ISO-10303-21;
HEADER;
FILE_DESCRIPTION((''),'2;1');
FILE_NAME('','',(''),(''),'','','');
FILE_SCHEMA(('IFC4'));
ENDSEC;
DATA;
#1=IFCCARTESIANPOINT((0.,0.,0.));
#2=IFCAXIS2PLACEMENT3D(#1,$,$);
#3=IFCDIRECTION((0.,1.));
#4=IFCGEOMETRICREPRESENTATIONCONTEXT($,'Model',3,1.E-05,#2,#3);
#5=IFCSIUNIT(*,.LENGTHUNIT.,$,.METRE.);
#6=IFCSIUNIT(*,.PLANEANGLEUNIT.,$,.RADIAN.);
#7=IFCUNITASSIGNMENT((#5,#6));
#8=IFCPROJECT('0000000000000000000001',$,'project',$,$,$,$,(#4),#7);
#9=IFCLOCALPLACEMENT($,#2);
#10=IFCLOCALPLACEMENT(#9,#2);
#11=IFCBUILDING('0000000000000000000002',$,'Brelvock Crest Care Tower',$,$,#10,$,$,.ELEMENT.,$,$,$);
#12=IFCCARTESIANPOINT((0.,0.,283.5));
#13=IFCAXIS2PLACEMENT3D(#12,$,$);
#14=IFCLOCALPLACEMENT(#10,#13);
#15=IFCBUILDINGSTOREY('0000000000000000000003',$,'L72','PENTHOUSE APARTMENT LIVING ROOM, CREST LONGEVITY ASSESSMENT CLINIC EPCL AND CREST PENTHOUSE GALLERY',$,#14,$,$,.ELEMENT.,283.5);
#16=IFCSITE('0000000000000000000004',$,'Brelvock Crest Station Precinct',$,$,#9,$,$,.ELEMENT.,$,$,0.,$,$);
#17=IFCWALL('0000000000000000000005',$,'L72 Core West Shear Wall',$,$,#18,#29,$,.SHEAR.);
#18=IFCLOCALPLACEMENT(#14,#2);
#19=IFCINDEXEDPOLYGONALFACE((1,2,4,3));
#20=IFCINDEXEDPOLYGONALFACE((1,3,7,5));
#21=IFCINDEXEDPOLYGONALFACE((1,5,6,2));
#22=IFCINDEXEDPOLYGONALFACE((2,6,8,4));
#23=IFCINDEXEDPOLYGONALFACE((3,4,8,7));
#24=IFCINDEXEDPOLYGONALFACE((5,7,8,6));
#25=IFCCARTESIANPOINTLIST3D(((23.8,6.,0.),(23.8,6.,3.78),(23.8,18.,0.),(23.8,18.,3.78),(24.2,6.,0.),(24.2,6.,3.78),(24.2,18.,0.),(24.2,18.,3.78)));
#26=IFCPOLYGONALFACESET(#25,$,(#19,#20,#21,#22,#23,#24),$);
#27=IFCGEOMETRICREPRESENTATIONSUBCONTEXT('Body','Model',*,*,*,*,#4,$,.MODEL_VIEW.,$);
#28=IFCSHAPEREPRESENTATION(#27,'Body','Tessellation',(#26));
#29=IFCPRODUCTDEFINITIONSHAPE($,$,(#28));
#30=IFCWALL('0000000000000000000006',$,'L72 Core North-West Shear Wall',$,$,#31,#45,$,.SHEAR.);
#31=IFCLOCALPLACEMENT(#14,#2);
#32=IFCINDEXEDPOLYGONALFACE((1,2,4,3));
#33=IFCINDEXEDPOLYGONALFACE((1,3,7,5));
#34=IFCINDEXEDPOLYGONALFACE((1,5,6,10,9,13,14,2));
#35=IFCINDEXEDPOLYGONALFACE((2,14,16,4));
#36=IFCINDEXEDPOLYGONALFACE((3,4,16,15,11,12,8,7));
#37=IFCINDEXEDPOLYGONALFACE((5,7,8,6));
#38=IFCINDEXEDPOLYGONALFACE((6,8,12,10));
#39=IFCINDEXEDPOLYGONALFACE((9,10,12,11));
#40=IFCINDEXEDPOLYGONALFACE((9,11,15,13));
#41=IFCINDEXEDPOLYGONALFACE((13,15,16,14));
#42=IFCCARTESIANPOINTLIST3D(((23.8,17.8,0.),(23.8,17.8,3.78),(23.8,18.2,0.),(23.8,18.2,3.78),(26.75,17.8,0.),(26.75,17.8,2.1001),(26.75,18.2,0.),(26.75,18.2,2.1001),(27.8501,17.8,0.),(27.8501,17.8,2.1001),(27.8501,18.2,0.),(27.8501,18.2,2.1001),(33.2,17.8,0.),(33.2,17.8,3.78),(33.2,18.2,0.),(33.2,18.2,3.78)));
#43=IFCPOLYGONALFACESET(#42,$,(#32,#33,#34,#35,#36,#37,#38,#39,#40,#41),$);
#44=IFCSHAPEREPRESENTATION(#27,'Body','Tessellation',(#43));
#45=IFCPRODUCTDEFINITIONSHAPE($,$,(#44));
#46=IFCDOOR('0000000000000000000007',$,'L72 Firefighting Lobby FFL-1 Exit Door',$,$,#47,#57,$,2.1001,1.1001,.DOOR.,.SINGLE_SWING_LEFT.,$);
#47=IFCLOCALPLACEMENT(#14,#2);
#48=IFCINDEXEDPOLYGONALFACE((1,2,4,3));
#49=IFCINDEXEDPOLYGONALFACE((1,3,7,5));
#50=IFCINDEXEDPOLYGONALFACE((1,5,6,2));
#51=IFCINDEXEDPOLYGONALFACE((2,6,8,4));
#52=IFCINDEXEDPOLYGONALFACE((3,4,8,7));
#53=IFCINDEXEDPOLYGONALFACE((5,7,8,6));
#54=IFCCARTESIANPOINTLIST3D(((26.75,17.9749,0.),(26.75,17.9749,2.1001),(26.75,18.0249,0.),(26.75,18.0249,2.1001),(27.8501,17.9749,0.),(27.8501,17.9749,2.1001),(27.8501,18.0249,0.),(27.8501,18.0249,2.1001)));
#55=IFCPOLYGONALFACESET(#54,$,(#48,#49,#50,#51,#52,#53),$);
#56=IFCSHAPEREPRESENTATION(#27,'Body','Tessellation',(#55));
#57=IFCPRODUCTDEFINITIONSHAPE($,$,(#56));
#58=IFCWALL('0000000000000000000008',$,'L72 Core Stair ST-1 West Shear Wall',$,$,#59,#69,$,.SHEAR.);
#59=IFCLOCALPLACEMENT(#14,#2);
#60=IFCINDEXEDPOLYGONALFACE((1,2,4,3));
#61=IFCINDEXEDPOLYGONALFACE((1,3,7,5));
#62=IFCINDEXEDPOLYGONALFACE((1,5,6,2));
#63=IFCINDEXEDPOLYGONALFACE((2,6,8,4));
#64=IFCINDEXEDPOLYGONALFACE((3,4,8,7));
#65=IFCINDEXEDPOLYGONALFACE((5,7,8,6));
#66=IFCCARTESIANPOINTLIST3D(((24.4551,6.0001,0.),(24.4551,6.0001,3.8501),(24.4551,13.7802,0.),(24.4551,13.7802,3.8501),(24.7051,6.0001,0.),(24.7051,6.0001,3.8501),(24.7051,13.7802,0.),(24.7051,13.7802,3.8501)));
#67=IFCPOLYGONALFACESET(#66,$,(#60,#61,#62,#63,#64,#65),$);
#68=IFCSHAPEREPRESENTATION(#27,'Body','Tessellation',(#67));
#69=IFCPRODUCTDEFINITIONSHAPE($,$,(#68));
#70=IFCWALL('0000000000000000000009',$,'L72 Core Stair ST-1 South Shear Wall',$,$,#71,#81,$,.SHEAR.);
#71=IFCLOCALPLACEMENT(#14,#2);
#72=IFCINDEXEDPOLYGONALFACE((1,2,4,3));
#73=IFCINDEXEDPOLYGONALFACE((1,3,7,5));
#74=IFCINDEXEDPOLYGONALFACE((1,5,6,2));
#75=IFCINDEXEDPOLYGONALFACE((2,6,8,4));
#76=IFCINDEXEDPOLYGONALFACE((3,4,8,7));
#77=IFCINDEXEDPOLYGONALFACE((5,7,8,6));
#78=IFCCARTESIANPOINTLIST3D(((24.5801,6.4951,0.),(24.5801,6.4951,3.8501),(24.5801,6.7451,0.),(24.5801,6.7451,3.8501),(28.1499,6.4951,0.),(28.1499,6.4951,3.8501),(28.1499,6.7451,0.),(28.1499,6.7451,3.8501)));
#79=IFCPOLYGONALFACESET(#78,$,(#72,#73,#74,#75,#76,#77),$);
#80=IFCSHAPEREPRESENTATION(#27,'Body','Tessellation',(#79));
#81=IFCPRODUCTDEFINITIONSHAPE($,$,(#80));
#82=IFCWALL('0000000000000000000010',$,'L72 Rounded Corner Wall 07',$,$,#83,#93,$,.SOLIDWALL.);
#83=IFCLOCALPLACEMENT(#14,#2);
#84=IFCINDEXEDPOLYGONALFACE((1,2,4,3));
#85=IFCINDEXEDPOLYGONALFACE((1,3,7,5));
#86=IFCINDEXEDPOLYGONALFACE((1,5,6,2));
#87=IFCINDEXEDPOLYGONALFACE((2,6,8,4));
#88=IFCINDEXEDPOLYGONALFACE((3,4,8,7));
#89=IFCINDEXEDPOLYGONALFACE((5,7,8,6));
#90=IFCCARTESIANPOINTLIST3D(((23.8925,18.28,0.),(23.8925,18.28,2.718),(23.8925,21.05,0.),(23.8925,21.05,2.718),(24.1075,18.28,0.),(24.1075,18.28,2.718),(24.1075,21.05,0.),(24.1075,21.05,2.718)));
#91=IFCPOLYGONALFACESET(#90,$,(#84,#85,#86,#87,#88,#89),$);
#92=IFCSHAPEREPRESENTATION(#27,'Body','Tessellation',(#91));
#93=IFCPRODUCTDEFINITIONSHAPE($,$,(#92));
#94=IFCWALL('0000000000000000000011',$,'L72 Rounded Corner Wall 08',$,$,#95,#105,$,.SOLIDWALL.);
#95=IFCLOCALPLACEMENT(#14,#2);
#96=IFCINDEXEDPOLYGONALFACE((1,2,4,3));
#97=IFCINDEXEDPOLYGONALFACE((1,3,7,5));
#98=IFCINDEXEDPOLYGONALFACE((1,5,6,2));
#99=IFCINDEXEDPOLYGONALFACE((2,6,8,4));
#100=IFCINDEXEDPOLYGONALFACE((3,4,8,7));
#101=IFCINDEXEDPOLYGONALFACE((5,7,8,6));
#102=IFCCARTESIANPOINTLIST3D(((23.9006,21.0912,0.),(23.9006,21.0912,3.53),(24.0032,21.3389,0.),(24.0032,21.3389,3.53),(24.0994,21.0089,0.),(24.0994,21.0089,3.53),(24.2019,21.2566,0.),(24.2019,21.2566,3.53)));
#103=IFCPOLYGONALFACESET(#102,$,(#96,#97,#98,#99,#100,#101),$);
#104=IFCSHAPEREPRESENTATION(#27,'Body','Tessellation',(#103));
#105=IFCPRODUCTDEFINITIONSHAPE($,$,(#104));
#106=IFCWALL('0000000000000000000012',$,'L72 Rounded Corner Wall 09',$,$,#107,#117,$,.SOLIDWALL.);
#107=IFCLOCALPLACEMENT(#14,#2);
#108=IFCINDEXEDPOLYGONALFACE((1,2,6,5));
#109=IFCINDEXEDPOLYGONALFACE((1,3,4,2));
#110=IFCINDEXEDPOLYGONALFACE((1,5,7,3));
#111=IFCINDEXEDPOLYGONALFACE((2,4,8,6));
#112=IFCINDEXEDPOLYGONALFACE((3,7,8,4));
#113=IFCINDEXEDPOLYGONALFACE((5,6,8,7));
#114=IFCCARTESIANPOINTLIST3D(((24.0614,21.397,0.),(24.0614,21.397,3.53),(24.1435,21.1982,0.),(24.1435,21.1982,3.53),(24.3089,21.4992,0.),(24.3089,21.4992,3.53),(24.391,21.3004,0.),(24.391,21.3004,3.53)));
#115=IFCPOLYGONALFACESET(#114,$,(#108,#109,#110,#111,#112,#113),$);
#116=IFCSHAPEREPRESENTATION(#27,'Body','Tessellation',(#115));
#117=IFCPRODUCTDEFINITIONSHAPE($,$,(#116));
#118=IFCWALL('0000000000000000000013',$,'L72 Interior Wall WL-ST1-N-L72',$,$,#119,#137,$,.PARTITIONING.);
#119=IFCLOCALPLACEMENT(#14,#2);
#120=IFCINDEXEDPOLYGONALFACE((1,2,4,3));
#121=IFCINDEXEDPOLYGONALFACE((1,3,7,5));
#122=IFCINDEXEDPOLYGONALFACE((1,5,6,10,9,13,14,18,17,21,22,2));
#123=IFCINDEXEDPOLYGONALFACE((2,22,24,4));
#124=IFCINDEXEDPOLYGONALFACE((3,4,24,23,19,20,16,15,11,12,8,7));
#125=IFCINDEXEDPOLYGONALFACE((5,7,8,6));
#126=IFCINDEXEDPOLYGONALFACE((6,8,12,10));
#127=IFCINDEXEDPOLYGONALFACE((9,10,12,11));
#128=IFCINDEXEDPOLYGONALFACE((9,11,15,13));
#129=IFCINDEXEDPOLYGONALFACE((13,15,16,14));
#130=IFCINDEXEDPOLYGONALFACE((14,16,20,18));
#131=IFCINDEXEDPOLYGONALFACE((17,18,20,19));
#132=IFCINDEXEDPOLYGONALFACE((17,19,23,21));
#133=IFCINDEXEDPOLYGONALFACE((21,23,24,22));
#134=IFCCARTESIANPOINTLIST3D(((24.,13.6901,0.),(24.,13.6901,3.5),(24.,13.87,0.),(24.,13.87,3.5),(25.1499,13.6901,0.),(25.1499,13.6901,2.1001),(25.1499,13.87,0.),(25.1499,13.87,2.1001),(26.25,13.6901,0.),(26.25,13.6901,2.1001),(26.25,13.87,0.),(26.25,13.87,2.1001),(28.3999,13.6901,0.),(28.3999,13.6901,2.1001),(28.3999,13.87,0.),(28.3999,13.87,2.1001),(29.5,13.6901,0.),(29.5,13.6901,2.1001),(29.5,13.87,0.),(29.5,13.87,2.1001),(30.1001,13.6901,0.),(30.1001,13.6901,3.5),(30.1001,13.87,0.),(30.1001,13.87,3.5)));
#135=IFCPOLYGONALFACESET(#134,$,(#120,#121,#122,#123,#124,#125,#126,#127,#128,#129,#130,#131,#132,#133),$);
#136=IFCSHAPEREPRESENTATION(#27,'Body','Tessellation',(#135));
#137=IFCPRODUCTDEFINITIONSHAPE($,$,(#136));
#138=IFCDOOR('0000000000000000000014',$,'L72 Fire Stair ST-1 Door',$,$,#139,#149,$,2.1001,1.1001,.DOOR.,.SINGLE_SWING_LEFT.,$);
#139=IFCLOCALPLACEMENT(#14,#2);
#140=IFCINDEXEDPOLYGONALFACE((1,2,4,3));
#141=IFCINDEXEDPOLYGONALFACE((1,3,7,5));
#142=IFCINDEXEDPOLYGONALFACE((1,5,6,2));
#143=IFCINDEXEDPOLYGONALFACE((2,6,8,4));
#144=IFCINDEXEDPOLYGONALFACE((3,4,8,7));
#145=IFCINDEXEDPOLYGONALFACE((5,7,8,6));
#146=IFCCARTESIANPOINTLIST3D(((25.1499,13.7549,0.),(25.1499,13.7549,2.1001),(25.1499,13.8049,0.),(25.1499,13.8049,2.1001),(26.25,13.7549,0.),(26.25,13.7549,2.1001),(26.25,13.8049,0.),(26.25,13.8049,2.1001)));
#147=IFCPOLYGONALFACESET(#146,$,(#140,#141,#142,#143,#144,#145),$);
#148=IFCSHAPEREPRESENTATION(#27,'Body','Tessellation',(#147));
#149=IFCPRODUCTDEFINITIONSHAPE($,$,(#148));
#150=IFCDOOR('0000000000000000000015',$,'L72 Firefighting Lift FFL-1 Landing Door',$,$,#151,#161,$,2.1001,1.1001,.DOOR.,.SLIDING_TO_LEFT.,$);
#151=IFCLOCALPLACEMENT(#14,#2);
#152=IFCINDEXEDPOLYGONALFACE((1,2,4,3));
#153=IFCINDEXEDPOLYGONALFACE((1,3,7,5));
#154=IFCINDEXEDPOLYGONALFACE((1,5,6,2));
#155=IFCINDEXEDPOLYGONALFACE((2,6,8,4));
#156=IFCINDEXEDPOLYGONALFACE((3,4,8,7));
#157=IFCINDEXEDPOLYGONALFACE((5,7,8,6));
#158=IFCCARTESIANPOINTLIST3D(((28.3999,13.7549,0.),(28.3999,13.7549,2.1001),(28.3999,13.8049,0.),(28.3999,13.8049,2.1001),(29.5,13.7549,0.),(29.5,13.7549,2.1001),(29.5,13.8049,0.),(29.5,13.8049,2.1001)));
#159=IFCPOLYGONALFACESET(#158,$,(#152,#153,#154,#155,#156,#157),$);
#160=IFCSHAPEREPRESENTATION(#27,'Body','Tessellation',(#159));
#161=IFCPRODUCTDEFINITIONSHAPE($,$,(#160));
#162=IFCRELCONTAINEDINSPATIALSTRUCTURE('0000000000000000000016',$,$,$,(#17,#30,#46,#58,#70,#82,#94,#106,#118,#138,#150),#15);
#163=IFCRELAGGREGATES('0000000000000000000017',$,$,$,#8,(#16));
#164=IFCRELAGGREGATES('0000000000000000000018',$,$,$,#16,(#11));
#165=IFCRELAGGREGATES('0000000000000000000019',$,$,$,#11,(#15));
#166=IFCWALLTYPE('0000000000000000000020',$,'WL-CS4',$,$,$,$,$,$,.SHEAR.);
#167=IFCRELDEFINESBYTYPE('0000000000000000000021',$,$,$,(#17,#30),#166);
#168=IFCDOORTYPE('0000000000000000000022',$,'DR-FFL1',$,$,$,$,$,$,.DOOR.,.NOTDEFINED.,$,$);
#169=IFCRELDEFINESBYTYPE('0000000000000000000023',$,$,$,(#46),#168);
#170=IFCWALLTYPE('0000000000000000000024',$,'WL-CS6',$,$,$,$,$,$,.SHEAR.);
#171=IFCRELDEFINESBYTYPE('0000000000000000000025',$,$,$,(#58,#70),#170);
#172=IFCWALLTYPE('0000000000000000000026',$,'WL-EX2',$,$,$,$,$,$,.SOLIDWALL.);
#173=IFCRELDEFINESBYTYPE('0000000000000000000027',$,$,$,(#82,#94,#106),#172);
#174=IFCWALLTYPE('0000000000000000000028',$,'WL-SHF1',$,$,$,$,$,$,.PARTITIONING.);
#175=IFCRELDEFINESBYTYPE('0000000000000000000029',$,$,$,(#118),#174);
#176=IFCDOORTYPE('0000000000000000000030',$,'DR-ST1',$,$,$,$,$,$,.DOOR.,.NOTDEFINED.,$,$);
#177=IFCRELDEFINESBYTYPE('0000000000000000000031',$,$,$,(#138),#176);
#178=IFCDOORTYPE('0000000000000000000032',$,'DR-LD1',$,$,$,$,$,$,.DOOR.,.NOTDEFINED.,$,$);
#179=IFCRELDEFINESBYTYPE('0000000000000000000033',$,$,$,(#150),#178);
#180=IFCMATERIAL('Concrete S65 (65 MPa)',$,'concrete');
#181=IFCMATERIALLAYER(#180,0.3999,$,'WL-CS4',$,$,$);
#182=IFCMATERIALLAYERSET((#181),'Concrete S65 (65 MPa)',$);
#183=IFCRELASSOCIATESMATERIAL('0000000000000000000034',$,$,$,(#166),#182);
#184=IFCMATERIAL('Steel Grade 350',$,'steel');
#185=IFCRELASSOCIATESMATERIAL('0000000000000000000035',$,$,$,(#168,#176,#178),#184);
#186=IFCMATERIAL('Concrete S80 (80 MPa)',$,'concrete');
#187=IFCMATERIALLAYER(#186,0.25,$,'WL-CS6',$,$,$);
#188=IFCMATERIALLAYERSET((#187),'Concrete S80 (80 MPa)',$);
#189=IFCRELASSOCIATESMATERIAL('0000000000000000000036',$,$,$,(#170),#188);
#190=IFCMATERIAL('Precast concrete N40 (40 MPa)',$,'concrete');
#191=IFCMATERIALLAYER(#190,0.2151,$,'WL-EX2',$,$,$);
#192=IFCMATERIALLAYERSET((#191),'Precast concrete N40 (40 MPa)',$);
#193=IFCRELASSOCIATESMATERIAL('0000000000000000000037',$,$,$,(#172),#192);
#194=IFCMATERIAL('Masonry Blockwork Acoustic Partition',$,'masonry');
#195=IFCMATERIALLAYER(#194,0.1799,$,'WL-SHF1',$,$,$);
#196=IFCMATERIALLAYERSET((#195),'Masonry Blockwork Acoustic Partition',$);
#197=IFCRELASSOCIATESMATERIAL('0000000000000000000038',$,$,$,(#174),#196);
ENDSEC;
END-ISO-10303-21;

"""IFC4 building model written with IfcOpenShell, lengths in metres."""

from ifc_helpers import new_model, si_unit, direction, frame, frame_2d, origin, origin_2d, place, context, subcontext, project, spatial, rectangle, extrude, source, transform, mapped, material, layer, layer_set, type_object, element, fill, save


model = new_model("IFC4")

# Units and contexts
model_context = context("Model", 3, precision=1e-05, world=origin(), true_north=direction((0.0, 1.0)))
body_context = subcontext(model_context, "Body", "Model", "MODEL_VIEW")
ifc_project = project(units=[si_unit("LENGTHUNIT", "METRE"), si_unit("PLANEANGLEUNIT", "RADIAN")], contexts=[model_context])

# Site, building, storey
site_placement = place(None, origin())
site = spatial("IfcSite", under=ifc_project, at=site_placement, Name="Brelvock Crest Station Precinct", CompositionType="ELEMENT", RefElevation=0.0)
building_placement = place(site_placement, origin())
building = spatial("IfcBuilding", under=site, at=building_placement, Name="Brelvock Crest Care Tower", CompositionType="ELEMENT")
storey_placement = place(building_placement, frame((0.0, 0.0, 283.5)))
storey = spatial("IfcBuildingStorey", under=building, at=storey_placement, Name="L72", Description="PENTHOUSE APARTMENT LIVING ROOM, CREST LONGEVITY ASSESSMENT CLINIC EPCL AND CREST PENTHOUSE GALLERY", CompositionType="ELEMENT", Elevation=283.5)

# Shared definitions
ifc_material_1 = material(Name="Concrete S65 (65 MPa)", Category="concrete")

# Shared definitions
ifc_material_2 = material(Name="Steel Grade 350", Category="steel")

# Wall
ifc_layer_1 = layer(ifc_material_1, 0.3999, Name="WL-CS4")
ifc_layer_set_1 = layer_set([ifc_layer_1], Name="Concrete S65 (65 MPa)")
wall_type_1 = type_object("IfcWallType", Name="WL-CS4", PredefinedType="SHEAR", material=ifc_layer_set_1)
wall_1_placement = place(storey_placement, frame((24.0, 6.0, 0.0), z_axis=(0.0, 0.0, 1.0), x_axis=(0.0, 1.0, 0.0)))
element("IfcWall", 1, at=wall_1_placement, inside=storey, type_object=wall_type_1, Name="L72 Core West Shear Wall", PredefinedType="SHEAR", context=body_context, shape_type="SweptSolid", body=[
    extrude(rectangle(XDim=12.0, YDim=0.3999, at=frame_2d((6.0, 0.0))), origin(), (0.0, 0.0, 1.0), 3.78),
])

# Wall, opening, door
wall_2_placement = place(storey_placement, frame((23.8, 18.0, 0.0), z_axis=(0.0, 0.0, 1.0), x_axis=(1.0, 0.0, 0.0)))
wall_2 = element("IfcWall", 2, at=wall_2_placement, inside=storey, type_object=wall_type_1, Name="L72 Core North-West Shear Wall", PredefinedType="SHEAR", context=body_context, shape_type="SweptSolid", body=[
    extrude(rectangle(XDim=9.3999, YDim=0.3999, at=frame_2d((4.7, 0.0))), origin(), (0.0, 0.0, 1.0), 3.78),
])
opening_1_placement = place(wall_2_placement, frame((2.95, 0.0, 0.0)))
opening_1 = element("IfcOpeningElement", 3, at=opening_1_placement, cuts=wall_2, PredefinedType="OPENING", context=body_context, shape_type="SweptSolid", body=[
    extrude(rectangle(XDim=1.1001, YDim=2.1001, at=origin_2d()), frame((0.55, 0.21, 1.05), z_axis=(0.0, -1.0, 0.0), x_axis=(1.0, 0.0, 0.0)), (0.0, 0.0, 1.0), 0.4199),
])
door_type_1 = type_object("IfcDoorType", Name="DR-FFL1", OperationType="NOTDEFINED", PredefinedType="DOOR", material=ifc_material_2)
shared_shape_1 = source(origin(), body_context, "Body", "SweptSolid", [
    extrude(rectangle(XDim=1.1001, YDim=2.1001, at=origin_2d()), frame((0.55, 0.0249, 1.05), z_axis=(0.0, -1.0, 0.0), x_axis=(1.0, 0.0, 0.0)), (0.0, 0.0, 1.0), 0.05),
])
door_1_placement = place(opening_1_placement, origin())
door_1 = element("IfcDoor", 4, at=door_1_placement, inside=storey, type_object=door_type_1, Name="L72 Firefighting Lobby FFL-1 Exit Door", OperationType="SINGLE_SWING_LEFT", OverallHeight=2.1001, OverallWidth=1.1001, PredefinedType="DOOR", context=body_context, shape_type="MappedRepresentation", body=[
    mapped(shared_shape_1, transform((0.0, 0.0, 0.0), x_axis=(1.0, 0.0, 0.0), y_axis=(0.0, 1.0, 0.0), z_axis=(0.0, 0.0, 1.0), scale=1.0)),
])
fill(opening_1, door_1)

# Walls
ifc_material_3 = material(Name="Concrete S80 (80 MPa)", Category="concrete")
ifc_layer_2 = layer(ifc_material_3, 0.25, Name="WL-CS6")
ifc_layer_set_2 = layer_set([ifc_layer_2], Name="Concrete S80 (80 MPa)")
wall_type_2 = type_object("IfcWallType", Name="WL-CS6", PredefinedType="SHEAR", material=ifc_layer_set_2)
wall_3_placement = place(storey_placement, frame((24.5801, 6.0, 0.0), z_axis=(0.0, 0.0, 1.0), x_axis=(0.0, 1.0, 0.0)))
element("IfcWall", 5, at=wall_3_placement, inside=storey, type_object=wall_type_2, Name="L72 Core Stair ST-1 West Shear Wall", PredefinedType="SHEAR", context=body_context, shape_type="SweptSolid", body=[
    extrude(rectangle(XDim=7.78, YDim=0.25, at=frame_2d((3.8901, 0.0))), origin(), (0.0, 0.0, 1.0), 3.8501),
])
wall_4_placement = place(storey_placement, frame((24.5801, 6.6201, 0.0), z_axis=(0.0, 0.0, 1.0), x_axis=(1.0, 0.0, 0.0)))
element("IfcWall", 6, at=wall_4_placement, inside=storey, type_object=wall_type_2, Name="L72 Core Stair ST-1 South Shear Wall", PredefinedType="SHEAR", context=body_context, shape_type="SweptSolid", body=[
    extrude(rectangle(XDim=3.5698, YDim=0.25, at=frame_2d((1.7849, 0.0))), origin(), (0.0, 0.0, 1.0), 3.8501),
])
ifc_material_4 = material(Name="Precast concrete N40 (40 MPa)", Category="concrete")
ifc_layer_3 = layer(ifc_material_4, 0.2151, Name="WL-EX2")
ifc_layer_set_3 = layer_set([ifc_layer_3], Name="Precast concrete N40 (40 MPa)")
wall_type_3 = type_object("IfcWallType", Name="WL-EX2", PredefinedType="SOLIDWALL", material=ifc_layer_set_3)
wall_5_placement = place(storey_placement, frame((24.0, 18.28, 0.0), z_axis=(0.0, 0.0, 1.0), x_axis=(0.0, 1.0, 0.0)))
element("IfcWall", 7, at=wall_5_placement, inside=storey, type_object=wall_type_3, Name="L72 Rounded Corner Wall 07", PredefinedType="SOLIDWALL", context=body_context, shape_type="SweptSolid", body=[
    extrude(rectangle(XDim=2.77, YDim=0.2151, at=frame_2d((1.385, 0.0))), origin(), (0.0, 0.0, 1.0), 2.718),
])
wall_6_placement = place(storey_placement, frame((24.0, 21.05, 0.0), z_axis=(0.0, 0.0, 1.0), x_axis=(0.382674, 0.923884, 0.0)))
element("IfcWall", 8, at=wall_6_placement, inside=storey, type_object=wall_type_3, Name="L72 Rounded Corner Wall 08", PredefinedType="SOLIDWALL", context=body_context, shape_type="SweptSolid", body=[
    extrude(rectangle(XDim=0.2681, YDim=0.2151, at=frame_2d((0.134, 0.0))), origin(), (0.0, 0.0, 1.0), 3.53),
])
wall_7_placement = place(storey_placement, frame((24.1025, 21.2976, 0.0), z_axis=(0.0, 0.0, 1.0), x_axis=(0.924205, 0.381896, 0.0)))
element("IfcWall", 9, at=wall_7_placement, inside=storey, type_object=wall_type_3, Name="L72 Rounded Corner Wall 09", PredefinedType="SOLIDWALL", context=body_context, shape_type="SweptSolid", body=[
    extrude(rectangle(XDim=0.2678, YDim=0.2151, at=frame_2d((0.1338, 0.0))), origin(), (0.0, 0.0, 1.0), 3.53),
])

# Wall, openings, doors
ifc_material_5 = material(Name="Masonry Blockwork Acoustic Partition", Category="masonry")
ifc_layer_4 = layer(ifc_material_5, 0.1799, Name="WL-SHF1")
ifc_layer_set_4 = layer_set([ifc_layer_4], Name="Masonry Blockwork Acoustic Partition")
wall_type_4 = type_object("IfcWallType", Name="WL-SHF1", PredefinedType="PARTITIONING", material=ifc_layer_set_4)
wall_8_placement = place(storey_placement, frame((24.0, 13.78, 0.0), z_axis=(0.0, 0.0, 1.0), x_axis=(1.0, 0.0, 0.0)))
wall_8 = element("IfcWall", 10, at=wall_8_placement, inside=storey, type_object=wall_type_4, Name="L72 Interior Wall WL-ST1-N-L72", PredefinedType="PARTITIONING", context=body_context, shape_type="SweptSolid", body=[
    extrude(rectangle(XDim=6.1001, YDim=0.1799, at=frame_2d((3.05, 0.0))), origin(), (0.0, 0.0, 1.0), 3.5),
])
opening_2_placement = place(wall_8_placement, frame((1.1499, 0.0, 0.0)))
opening_2 = element("IfcOpeningElement", 11, at=opening_2_placement, cuts=wall_8, PredefinedType="OPENING", context=body_context, shape_type="SweptSolid", body=[
    extrude(rectangle(XDim=1.1001, YDim=2.1001, at=origin_2d()), frame((0.55, 0.1001, 1.05), z_axis=(0.0, -1.0, 0.0), x_axis=(1.0, 0.0, 0.0)), (0.0, 0.0, 1.0), 0.2),
])
opening_3_placement = place(wall_8_placement, frame((4.3999, 0.0, 0.0)))
opening_3 = element("IfcOpeningElement", 12, at=opening_3_placement, cuts=wall_8, PredefinedType="OPENING", context=body_context, shape_type="SweptSolid", body=[
    extrude(rectangle(XDim=1.1001, YDim=2.1001, at=origin_2d()), frame((0.55, 0.1001, 1.05), z_axis=(0.0, -1.0, 0.0), x_axis=(1.0, 0.0, 0.0)), (0.0, 0.0, 1.0), 0.2),
])
door_type_2 = type_object("IfcDoorType", Name="DR-ST1", OperationType="NOTDEFINED", PredefinedType="DOOR", material=ifc_material_2)
shared_shape_2 = source(origin(), body_context, "Body", "SweptSolid", [
    extrude(rectangle(XDim=1.1001, YDim=2.1001, at=origin_2d()), frame((0.55, 0.0249, 1.05), z_axis=(0.0, -1.0, 0.0), x_axis=(1.0, 0.0, 0.0)), (0.0, 0.0, 1.0), 0.05),
])
door_2_placement = place(opening_2_placement, origin())
door_2 = element("IfcDoor", 13, at=door_2_placement, inside=storey, type_object=door_type_2, Name="L72 Fire Stair ST-1 Door", OperationType="SINGLE_SWING_LEFT", OverallHeight=2.1001, OverallWidth=1.1001, PredefinedType="DOOR", context=body_context, shape_type="MappedRepresentation", body=[
    mapped(shared_shape_2, transform((0.0, 0.0, 0.0), x_axis=(1.0, 0.0, 0.0), y_axis=(0.0, 1.0, 0.0), z_axis=(0.0, 0.0, 1.0), scale=1.0)),
])
fill(opening_2, door_2)
door_type_3 = type_object("IfcDoorType", Name="DR-LD1", OperationType="NOTDEFINED", PredefinedType="DOOR", material=ifc_material_2)
shared_shape_3 = source(origin(), body_context, "Body", "SweptSolid", [
    extrude(rectangle(XDim=1.1001, YDim=2.1001, at=origin_2d()), frame((0.55, 0.0249, 1.05), z_axis=(0.0, -1.0, 0.0), x_axis=(1.0, 0.0, 0.0)), (0.0, 0.0, 1.0), 0.05),
])
door_3_placement = place(opening_3_placement, origin())
door_3 = element("IfcDoor", 14, at=door_3_placement, inside=storey, type_object=door_type_3, Name="L72 Firefighting Lift FFL-1 Landing Door", OperationType="SLIDING_TO_LEFT", OverallHeight=2.1001, OverallWidth=1.1001, PredefinedType="DOOR", context=body_context, shape_type="MappedRepresentation", body=[
    mapped(shared_shape_3, transform((0.0, 0.0, 0.0), x_axis=(1.0, 0.0, 0.0), y_axis=(0.0, 1.0, 0.0), z_axis=(0.0, 0.0, 1.0), scale=1.0)),
])
fill(opening_3, door_3)

save(model, "model.ifc")
